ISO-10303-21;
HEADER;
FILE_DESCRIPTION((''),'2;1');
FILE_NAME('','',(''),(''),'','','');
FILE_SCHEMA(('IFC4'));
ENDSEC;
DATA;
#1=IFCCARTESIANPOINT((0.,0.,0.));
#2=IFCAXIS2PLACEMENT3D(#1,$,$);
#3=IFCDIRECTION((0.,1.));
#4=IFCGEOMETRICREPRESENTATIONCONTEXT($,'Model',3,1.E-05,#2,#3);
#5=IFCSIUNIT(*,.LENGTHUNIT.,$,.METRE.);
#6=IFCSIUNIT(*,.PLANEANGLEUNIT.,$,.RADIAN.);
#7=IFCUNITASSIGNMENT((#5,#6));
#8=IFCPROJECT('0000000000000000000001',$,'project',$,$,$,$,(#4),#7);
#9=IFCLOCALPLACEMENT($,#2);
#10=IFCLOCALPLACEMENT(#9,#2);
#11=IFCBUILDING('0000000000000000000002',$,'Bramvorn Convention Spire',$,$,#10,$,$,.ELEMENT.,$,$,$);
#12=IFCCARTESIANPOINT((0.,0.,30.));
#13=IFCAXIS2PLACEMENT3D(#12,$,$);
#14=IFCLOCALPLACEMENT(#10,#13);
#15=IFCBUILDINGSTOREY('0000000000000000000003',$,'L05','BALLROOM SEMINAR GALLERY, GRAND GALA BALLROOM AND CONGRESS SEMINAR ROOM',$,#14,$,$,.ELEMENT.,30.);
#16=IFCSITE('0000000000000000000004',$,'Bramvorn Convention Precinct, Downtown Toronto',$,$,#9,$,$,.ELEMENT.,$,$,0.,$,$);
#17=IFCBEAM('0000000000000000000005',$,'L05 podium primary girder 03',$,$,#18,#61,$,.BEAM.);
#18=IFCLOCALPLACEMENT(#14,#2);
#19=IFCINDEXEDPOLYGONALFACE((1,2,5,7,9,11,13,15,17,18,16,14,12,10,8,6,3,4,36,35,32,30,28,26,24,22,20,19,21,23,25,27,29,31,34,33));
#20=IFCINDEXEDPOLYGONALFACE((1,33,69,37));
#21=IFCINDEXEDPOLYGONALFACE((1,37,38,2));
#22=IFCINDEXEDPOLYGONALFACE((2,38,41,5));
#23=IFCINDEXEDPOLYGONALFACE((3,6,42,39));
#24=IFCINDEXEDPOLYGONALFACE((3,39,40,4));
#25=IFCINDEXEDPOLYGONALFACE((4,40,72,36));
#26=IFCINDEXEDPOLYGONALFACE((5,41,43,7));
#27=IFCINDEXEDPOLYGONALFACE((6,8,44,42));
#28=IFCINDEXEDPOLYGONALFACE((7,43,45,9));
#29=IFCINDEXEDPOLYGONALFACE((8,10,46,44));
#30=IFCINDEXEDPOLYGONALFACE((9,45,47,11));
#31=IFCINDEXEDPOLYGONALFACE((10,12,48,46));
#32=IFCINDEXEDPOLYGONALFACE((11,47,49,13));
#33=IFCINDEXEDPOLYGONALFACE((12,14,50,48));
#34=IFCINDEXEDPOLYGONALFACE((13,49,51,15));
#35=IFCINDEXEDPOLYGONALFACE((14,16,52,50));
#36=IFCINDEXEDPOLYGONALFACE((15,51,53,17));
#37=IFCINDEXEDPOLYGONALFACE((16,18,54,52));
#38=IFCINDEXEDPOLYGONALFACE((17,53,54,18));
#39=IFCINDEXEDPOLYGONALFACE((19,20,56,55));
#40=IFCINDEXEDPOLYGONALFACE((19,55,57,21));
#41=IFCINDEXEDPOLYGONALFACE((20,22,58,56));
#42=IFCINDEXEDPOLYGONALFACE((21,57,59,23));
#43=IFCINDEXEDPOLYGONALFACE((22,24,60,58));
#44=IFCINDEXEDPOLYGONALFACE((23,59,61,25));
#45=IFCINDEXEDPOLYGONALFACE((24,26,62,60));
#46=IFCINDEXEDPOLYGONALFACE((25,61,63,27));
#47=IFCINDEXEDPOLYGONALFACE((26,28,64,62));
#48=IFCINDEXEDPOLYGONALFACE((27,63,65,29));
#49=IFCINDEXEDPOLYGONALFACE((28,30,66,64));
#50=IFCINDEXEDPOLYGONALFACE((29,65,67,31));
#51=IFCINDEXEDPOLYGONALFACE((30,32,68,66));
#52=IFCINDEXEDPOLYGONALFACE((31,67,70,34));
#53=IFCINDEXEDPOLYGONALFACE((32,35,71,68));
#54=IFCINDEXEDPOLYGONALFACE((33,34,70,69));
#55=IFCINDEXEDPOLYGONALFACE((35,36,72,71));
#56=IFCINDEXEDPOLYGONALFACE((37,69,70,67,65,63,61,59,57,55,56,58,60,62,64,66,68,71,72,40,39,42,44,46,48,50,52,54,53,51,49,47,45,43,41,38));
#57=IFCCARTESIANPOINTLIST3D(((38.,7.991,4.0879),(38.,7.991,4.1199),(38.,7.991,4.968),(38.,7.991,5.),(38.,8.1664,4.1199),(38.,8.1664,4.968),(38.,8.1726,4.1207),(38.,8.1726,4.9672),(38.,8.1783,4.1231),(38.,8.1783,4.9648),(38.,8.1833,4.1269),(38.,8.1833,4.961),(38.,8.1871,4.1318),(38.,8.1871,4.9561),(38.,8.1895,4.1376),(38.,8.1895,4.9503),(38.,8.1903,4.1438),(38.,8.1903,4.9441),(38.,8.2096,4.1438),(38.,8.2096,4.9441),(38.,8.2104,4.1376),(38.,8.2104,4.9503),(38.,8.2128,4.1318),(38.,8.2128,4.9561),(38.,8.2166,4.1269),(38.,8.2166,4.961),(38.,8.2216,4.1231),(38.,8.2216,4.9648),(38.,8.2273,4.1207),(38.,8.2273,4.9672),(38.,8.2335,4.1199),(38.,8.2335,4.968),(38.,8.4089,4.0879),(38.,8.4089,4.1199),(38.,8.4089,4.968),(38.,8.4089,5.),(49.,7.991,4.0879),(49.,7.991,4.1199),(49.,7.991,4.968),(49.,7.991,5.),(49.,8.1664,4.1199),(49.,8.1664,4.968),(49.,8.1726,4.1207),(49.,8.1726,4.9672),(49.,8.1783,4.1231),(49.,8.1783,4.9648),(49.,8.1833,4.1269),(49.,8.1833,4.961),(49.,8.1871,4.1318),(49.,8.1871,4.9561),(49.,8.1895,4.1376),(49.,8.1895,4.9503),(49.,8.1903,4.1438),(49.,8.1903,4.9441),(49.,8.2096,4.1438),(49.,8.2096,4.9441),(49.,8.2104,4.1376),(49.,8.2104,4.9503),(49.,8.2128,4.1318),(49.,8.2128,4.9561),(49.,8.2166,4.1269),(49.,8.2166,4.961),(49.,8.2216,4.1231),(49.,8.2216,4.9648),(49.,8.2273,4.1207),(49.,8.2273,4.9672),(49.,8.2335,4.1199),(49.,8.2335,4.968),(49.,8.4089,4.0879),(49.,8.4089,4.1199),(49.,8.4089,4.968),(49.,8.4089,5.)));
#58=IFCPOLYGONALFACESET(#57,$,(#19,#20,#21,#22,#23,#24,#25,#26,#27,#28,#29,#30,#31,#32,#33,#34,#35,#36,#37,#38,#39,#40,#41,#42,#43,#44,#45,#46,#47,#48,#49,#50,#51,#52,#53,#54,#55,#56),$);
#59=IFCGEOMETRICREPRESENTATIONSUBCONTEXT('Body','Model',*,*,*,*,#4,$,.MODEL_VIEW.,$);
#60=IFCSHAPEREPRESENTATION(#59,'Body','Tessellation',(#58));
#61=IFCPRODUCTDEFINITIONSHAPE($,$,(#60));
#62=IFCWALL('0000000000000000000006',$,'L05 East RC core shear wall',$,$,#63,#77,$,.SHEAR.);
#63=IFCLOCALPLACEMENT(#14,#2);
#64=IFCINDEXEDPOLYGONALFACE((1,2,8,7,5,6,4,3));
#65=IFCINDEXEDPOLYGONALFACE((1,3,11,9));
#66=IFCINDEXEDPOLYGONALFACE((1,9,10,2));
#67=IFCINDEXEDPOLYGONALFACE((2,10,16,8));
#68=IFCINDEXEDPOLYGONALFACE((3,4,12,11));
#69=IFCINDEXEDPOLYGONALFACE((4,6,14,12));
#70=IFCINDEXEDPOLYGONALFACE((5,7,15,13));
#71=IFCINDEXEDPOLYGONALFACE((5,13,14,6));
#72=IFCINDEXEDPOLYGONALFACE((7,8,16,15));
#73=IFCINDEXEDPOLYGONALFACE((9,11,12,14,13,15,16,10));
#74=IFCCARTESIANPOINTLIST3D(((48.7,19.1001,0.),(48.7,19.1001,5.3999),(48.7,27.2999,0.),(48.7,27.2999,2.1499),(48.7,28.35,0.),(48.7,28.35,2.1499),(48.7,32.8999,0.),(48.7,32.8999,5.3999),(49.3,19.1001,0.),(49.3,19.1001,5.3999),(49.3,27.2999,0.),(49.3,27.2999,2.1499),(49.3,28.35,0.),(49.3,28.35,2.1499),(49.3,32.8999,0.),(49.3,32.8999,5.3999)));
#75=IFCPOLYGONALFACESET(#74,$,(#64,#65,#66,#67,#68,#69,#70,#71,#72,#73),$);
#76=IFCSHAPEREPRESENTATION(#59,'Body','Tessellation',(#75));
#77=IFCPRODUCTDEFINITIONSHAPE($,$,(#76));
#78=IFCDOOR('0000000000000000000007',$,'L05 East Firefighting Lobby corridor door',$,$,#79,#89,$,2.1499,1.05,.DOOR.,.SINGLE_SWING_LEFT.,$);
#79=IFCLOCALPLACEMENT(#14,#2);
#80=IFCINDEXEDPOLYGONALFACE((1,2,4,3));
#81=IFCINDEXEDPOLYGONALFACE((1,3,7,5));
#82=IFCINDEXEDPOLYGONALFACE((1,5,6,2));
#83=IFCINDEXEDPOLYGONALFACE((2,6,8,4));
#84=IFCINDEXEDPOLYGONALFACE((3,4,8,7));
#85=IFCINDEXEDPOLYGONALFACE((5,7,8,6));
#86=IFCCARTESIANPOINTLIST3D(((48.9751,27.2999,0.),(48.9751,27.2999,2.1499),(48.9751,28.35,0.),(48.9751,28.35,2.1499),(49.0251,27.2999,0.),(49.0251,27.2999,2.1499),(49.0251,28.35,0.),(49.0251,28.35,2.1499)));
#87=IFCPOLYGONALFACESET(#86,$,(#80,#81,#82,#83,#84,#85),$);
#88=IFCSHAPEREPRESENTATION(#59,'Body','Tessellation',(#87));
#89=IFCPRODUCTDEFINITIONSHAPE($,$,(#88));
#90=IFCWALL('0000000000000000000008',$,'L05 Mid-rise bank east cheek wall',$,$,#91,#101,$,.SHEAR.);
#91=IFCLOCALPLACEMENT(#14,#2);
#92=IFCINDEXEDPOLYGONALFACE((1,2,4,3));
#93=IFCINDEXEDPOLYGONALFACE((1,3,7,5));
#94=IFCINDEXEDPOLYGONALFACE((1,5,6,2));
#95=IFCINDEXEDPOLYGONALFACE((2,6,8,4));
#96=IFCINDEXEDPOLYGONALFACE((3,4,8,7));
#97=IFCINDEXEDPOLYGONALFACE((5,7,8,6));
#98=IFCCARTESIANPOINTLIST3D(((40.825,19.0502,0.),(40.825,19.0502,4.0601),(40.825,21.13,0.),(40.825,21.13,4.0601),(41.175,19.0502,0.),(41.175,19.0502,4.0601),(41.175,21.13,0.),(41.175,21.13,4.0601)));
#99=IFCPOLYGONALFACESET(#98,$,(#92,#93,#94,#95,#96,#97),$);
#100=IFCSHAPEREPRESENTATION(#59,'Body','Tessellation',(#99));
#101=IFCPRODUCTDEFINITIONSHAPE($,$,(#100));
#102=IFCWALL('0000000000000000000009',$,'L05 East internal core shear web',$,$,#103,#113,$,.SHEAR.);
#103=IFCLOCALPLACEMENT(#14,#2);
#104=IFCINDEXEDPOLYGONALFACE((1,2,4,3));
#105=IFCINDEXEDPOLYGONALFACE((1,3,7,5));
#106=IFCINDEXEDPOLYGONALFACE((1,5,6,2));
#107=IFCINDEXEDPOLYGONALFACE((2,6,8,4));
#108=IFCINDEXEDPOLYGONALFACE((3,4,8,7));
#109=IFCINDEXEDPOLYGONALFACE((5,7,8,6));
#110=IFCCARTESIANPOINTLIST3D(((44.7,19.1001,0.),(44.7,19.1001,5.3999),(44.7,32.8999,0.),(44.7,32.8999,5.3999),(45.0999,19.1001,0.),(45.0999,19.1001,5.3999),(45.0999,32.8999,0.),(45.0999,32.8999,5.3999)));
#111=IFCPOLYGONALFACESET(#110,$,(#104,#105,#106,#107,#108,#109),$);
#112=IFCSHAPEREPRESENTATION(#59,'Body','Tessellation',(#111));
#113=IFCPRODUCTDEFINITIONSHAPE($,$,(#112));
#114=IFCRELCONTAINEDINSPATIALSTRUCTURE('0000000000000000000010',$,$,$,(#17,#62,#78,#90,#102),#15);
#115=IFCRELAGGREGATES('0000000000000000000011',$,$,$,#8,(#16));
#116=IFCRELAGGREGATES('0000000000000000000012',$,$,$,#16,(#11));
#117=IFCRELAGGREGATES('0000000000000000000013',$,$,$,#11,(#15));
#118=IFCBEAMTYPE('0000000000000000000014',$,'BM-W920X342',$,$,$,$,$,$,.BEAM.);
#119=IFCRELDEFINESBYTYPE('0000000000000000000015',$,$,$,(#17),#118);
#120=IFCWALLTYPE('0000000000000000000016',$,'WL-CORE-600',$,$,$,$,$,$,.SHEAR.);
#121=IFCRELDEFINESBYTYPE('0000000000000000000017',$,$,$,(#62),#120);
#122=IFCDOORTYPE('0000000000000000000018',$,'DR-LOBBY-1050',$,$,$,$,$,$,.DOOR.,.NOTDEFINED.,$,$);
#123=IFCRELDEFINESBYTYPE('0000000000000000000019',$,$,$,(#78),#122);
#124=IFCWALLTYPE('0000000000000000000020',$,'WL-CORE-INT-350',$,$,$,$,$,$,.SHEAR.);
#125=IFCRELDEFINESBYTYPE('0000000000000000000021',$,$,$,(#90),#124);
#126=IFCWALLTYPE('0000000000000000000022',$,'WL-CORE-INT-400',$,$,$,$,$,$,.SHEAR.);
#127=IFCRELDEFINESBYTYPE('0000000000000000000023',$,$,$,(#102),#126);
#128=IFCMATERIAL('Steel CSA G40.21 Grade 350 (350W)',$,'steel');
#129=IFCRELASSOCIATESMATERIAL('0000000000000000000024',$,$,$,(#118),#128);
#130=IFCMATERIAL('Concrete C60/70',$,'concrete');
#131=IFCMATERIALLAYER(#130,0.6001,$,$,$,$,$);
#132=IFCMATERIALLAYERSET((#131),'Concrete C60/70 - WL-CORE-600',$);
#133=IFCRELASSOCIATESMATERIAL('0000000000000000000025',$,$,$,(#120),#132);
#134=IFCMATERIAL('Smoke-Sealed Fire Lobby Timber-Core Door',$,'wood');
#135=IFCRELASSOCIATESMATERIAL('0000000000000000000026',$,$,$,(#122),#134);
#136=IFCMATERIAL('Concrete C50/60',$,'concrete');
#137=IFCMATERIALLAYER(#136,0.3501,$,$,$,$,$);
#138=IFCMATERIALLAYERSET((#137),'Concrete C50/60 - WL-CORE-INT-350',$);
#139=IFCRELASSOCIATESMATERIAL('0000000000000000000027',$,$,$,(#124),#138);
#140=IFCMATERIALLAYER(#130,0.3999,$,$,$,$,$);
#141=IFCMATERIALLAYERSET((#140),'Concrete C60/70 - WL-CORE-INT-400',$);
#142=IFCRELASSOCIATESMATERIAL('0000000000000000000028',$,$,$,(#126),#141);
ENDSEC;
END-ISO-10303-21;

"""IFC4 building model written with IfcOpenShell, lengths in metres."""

from ifc_helpers import new_model, si_unit, direction, frame, frame_2d, origin, origin_2d, place, context, subcontext, project, spatial, rectangle, i_section, extrude, material, layer, layer_set, material_profile, profile_set, type_object, element, fill, save


model = new_model("IFC4")

# Units and contexts
model_context = context("Model", 3, precision=1e-05, world=origin(), true_north=direction((0.0, 1.0)))
body_context = subcontext(model_context, "Body", "Model", "MODEL_VIEW")
ifc_project = project(units=[si_unit("LENGTHUNIT", "METRE"), si_unit("PLANEANGLEUNIT", "RADIAN")], contexts=[model_context])

# Site, building, storey
site_placement = place(None, origin())
site = spatial("IfcSite", under=ifc_project, at=site_placement, Name="Bramvorn Convention Precinct, Downtown Toronto", CompositionType="ELEMENT", RefElevation=0.0)
building_placement = place(site_placement, origin())
building = spatial("IfcBuilding", under=site, at=building_placement, Name="Bramvorn Convention Spire", CompositionType="ELEMENT")
storey_placement = place(building_placement, frame((0.0, 0.0, 30.0)))
storey = spatial("IfcBuildingStorey", under=building, at=storey_placement, Name="L05", Description="BALLROOM SEMINAR GALLERY, GRAND GALA BALLROOM AND CONGRESS SEMINAR ROOM", CompositionType="ELEMENT", Elevation=30.0)

# Shared definitions
ifc_material_1 = material(Name="Steel CSA G40.21 Grade 350 (350W)", Category="steel")
ifc_material_2 = material(Name="Concrete C60/70", Category="concrete")

# Beam
ifc_material_profile_1 = material_profile(ifc_material_1, i_section(OverallWidth=0.418, OverallDepth=0.9121, WebThickness=0.0193, FlangeThickness=0.032, FilletRadius=0.0239, at=origin_2d()))
ifc_profile_set_1 = profile_set([ifc_material_profile_1], Name="Steel CSA G40.21 Grade 350 (350W) - W920X342")
beam_type_1 = type_object("IfcBeamType", Name="BM-W920X342", PredefinedType="BEAM", material=ifc_profile_set_1)
beam_1_placement = place(storey_placement, frame((38.0, 8.2, 4.5439), z_axis=(1.0, 0.0, 0.0), x_axis=(0.0, 1.0, 0.0)))
element("IfcBeam", 1, at=beam_1_placement, inside=storey, type_object=beam_type_1, Name="L05 podium primary girder 03", PredefinedType="BEAM", context=body_context, shape_type="SweptSolid", body=[
    extrude(i_section(OverallWidth=0.418, OverallDepth=0.9121, WebThickness=0.0193, FlangeThickness=0.032, FilletRadius=0.0239, at=origin_2d()), origin(), (0.0, 0.0, 1.0), 11.0),
])

# Wall, opening, door
ifc_layer_1 = layer(ifc_material_2, 0.6001)
ifc_layer_set_1 = layer_set([ifc_layer_1], Name="Concrete C60/70 - WL-CORE-600")
wall_type_1 = type_object("IfcWallType", Name="WL-CORE-600", PredefinedType="SHEAR", material=ifc_layer_set_1)
wall_1_placement = place(storey_placement, frame((49.0, 19.1001, 0.0), z_axis=(0.0, 0.0, 1.0), x_axis=(0.0, 1.0, 0.0)))
wall_1 = element("IfcWall", 2, at=wall_1_placement, inside=storey, type_object=wall_type_1, Name="L05 East RC core shear wall", PredefinedType="SHEAR", context=body_context, shape_type="SweptSolid", body=[
    extrude(rectangle(XDim=13.7998, YDim=0.6001, at=frame_2d((6.8999, 0.0))), origin(), (0.0, 0.0, 1.0), 5.3999),
])
opening_1_placement = place(wall_1_placement, frame((8.2, 0.0, 0.0)))
opening_1 = element("IfcOpeningElement", 3, at=opening_1_placement, cuts=wall_1, PredefinedType="OPENING", context=body_context, shape_type="SweptSolid", body=[
    extrude(rectangle(XDim=1.05, YDim=2.1499, at=frame_2d((0.5249, 1.075))), frame((0.0, 0.3101, 0.0), z_axis=(0.0, -1.0, 0.0), x_axis=(1.0, 0.0, 0.0)), (0.0, 0.0, 1.0), 0.6201),
])
ifc_material_3 = material(Name="Smoke-Sealed Fire Lobby Timber-Core Door", Category="wood")
door_type_1 = type_object("IfcDoorType", Name="DR-LOBBY-1050", OperationType="NOTDEFINED", PredefinedType="DOOR", material=ifc_material_3)
door_1_placement = place(opening_1_placement, origin())
door_1 = element("IfcDoor", 4, at=door_1_placement, inside=storey, type_object=door_type_1, Name="L05 East Firefighting Lobby corridor door", OperationType="SINGLE_SWING_LEFT", OverallHeight=2.1499, OverallWidth=1.05, PredefinedType="DOOR", context=body_context, shape_type="SweptSolid", body=[
    extrude(rectangle(XDim=1.05, YDim=2.1499, at=frame_2d((0.5249, 1.075))), frame((0.0, 0.0249, 0.0), z_axis=(0.0, -1.0, 0.0), x_axis=(1.0, 0.0, 0.0)), (0.0, 0.0, 1.0), 0.05),
])
fill(opening_1, door_1)

# Walls
ifc_material_4 = material(Name="Concrete C50/60", Category="concrete")
ifc_layer_2 = layer(ifc_material_4, 0.3501)
ifc_layer_set_2 = layer_set([ifc_layer_2], Name="Concrete C50/60 - WL-CORE-INT-350")
wall_type_2 = type_object("IfcWallType", Name="WL-CORE-INT-350", PredefinedType="SHEAR", material=ifc_layer_set_2)
wall_2_placement = place(storey_placement, frame((41.0, 19.05, 0.0), z_axis=(0.0, 0.0, 1.0), x_axis=(0.0, 1.0, 0.0)))
element("IfcWall", 5, at=wall_2_placement, inside=storey, type_object=wall_type_2, Name="L05 Mid-rise bank east cheek wall", PredefinedType="SHEAR", context=body_context, shape_type="SweptSolid", body=[
    extrude(rectangle(XDim=2.0798, YDim=0.3501, at=frame_2d((1.04, 0.0))), origin(), (0.0, 0.0, 1.0), 4.0601),
])
ifc_layer_3 = layer(ifc_material_2, 0.3999)
ifc_layer_set_3 = layer_set([ifc_layer_3], Name="Concrete C60/70 - WL-CORE-INT-400")
wall_type_3 = type_object("IfcWallType", Name="WL-CORE-INT-400", PredefinedType="SHEAR", material=ifc_layer_set_3)
wall_3_placement = place(storey_placement, frame((44.8999, 19.1001, 0.0), z_axis=(0.0, 0.0, 1.0), x_axis=(0.0, 1.0, 0.0)))
element("IfcWall", 6, at=wall_3_placement, inside=storey, type_object=wall_type_3, Name="L05 East internal core shear web", PredefinedType="SHEAR", context=body_context, shape_type="SweptSolid", body=[
    extrude(rectangle(XDim=13.7998, YDim=0.3999, at=frame_2d((6.8999, 0.0))), origin(), (0.0, 0.0, 1.0), 5.3999),
])

save(model, "model.ifc")
